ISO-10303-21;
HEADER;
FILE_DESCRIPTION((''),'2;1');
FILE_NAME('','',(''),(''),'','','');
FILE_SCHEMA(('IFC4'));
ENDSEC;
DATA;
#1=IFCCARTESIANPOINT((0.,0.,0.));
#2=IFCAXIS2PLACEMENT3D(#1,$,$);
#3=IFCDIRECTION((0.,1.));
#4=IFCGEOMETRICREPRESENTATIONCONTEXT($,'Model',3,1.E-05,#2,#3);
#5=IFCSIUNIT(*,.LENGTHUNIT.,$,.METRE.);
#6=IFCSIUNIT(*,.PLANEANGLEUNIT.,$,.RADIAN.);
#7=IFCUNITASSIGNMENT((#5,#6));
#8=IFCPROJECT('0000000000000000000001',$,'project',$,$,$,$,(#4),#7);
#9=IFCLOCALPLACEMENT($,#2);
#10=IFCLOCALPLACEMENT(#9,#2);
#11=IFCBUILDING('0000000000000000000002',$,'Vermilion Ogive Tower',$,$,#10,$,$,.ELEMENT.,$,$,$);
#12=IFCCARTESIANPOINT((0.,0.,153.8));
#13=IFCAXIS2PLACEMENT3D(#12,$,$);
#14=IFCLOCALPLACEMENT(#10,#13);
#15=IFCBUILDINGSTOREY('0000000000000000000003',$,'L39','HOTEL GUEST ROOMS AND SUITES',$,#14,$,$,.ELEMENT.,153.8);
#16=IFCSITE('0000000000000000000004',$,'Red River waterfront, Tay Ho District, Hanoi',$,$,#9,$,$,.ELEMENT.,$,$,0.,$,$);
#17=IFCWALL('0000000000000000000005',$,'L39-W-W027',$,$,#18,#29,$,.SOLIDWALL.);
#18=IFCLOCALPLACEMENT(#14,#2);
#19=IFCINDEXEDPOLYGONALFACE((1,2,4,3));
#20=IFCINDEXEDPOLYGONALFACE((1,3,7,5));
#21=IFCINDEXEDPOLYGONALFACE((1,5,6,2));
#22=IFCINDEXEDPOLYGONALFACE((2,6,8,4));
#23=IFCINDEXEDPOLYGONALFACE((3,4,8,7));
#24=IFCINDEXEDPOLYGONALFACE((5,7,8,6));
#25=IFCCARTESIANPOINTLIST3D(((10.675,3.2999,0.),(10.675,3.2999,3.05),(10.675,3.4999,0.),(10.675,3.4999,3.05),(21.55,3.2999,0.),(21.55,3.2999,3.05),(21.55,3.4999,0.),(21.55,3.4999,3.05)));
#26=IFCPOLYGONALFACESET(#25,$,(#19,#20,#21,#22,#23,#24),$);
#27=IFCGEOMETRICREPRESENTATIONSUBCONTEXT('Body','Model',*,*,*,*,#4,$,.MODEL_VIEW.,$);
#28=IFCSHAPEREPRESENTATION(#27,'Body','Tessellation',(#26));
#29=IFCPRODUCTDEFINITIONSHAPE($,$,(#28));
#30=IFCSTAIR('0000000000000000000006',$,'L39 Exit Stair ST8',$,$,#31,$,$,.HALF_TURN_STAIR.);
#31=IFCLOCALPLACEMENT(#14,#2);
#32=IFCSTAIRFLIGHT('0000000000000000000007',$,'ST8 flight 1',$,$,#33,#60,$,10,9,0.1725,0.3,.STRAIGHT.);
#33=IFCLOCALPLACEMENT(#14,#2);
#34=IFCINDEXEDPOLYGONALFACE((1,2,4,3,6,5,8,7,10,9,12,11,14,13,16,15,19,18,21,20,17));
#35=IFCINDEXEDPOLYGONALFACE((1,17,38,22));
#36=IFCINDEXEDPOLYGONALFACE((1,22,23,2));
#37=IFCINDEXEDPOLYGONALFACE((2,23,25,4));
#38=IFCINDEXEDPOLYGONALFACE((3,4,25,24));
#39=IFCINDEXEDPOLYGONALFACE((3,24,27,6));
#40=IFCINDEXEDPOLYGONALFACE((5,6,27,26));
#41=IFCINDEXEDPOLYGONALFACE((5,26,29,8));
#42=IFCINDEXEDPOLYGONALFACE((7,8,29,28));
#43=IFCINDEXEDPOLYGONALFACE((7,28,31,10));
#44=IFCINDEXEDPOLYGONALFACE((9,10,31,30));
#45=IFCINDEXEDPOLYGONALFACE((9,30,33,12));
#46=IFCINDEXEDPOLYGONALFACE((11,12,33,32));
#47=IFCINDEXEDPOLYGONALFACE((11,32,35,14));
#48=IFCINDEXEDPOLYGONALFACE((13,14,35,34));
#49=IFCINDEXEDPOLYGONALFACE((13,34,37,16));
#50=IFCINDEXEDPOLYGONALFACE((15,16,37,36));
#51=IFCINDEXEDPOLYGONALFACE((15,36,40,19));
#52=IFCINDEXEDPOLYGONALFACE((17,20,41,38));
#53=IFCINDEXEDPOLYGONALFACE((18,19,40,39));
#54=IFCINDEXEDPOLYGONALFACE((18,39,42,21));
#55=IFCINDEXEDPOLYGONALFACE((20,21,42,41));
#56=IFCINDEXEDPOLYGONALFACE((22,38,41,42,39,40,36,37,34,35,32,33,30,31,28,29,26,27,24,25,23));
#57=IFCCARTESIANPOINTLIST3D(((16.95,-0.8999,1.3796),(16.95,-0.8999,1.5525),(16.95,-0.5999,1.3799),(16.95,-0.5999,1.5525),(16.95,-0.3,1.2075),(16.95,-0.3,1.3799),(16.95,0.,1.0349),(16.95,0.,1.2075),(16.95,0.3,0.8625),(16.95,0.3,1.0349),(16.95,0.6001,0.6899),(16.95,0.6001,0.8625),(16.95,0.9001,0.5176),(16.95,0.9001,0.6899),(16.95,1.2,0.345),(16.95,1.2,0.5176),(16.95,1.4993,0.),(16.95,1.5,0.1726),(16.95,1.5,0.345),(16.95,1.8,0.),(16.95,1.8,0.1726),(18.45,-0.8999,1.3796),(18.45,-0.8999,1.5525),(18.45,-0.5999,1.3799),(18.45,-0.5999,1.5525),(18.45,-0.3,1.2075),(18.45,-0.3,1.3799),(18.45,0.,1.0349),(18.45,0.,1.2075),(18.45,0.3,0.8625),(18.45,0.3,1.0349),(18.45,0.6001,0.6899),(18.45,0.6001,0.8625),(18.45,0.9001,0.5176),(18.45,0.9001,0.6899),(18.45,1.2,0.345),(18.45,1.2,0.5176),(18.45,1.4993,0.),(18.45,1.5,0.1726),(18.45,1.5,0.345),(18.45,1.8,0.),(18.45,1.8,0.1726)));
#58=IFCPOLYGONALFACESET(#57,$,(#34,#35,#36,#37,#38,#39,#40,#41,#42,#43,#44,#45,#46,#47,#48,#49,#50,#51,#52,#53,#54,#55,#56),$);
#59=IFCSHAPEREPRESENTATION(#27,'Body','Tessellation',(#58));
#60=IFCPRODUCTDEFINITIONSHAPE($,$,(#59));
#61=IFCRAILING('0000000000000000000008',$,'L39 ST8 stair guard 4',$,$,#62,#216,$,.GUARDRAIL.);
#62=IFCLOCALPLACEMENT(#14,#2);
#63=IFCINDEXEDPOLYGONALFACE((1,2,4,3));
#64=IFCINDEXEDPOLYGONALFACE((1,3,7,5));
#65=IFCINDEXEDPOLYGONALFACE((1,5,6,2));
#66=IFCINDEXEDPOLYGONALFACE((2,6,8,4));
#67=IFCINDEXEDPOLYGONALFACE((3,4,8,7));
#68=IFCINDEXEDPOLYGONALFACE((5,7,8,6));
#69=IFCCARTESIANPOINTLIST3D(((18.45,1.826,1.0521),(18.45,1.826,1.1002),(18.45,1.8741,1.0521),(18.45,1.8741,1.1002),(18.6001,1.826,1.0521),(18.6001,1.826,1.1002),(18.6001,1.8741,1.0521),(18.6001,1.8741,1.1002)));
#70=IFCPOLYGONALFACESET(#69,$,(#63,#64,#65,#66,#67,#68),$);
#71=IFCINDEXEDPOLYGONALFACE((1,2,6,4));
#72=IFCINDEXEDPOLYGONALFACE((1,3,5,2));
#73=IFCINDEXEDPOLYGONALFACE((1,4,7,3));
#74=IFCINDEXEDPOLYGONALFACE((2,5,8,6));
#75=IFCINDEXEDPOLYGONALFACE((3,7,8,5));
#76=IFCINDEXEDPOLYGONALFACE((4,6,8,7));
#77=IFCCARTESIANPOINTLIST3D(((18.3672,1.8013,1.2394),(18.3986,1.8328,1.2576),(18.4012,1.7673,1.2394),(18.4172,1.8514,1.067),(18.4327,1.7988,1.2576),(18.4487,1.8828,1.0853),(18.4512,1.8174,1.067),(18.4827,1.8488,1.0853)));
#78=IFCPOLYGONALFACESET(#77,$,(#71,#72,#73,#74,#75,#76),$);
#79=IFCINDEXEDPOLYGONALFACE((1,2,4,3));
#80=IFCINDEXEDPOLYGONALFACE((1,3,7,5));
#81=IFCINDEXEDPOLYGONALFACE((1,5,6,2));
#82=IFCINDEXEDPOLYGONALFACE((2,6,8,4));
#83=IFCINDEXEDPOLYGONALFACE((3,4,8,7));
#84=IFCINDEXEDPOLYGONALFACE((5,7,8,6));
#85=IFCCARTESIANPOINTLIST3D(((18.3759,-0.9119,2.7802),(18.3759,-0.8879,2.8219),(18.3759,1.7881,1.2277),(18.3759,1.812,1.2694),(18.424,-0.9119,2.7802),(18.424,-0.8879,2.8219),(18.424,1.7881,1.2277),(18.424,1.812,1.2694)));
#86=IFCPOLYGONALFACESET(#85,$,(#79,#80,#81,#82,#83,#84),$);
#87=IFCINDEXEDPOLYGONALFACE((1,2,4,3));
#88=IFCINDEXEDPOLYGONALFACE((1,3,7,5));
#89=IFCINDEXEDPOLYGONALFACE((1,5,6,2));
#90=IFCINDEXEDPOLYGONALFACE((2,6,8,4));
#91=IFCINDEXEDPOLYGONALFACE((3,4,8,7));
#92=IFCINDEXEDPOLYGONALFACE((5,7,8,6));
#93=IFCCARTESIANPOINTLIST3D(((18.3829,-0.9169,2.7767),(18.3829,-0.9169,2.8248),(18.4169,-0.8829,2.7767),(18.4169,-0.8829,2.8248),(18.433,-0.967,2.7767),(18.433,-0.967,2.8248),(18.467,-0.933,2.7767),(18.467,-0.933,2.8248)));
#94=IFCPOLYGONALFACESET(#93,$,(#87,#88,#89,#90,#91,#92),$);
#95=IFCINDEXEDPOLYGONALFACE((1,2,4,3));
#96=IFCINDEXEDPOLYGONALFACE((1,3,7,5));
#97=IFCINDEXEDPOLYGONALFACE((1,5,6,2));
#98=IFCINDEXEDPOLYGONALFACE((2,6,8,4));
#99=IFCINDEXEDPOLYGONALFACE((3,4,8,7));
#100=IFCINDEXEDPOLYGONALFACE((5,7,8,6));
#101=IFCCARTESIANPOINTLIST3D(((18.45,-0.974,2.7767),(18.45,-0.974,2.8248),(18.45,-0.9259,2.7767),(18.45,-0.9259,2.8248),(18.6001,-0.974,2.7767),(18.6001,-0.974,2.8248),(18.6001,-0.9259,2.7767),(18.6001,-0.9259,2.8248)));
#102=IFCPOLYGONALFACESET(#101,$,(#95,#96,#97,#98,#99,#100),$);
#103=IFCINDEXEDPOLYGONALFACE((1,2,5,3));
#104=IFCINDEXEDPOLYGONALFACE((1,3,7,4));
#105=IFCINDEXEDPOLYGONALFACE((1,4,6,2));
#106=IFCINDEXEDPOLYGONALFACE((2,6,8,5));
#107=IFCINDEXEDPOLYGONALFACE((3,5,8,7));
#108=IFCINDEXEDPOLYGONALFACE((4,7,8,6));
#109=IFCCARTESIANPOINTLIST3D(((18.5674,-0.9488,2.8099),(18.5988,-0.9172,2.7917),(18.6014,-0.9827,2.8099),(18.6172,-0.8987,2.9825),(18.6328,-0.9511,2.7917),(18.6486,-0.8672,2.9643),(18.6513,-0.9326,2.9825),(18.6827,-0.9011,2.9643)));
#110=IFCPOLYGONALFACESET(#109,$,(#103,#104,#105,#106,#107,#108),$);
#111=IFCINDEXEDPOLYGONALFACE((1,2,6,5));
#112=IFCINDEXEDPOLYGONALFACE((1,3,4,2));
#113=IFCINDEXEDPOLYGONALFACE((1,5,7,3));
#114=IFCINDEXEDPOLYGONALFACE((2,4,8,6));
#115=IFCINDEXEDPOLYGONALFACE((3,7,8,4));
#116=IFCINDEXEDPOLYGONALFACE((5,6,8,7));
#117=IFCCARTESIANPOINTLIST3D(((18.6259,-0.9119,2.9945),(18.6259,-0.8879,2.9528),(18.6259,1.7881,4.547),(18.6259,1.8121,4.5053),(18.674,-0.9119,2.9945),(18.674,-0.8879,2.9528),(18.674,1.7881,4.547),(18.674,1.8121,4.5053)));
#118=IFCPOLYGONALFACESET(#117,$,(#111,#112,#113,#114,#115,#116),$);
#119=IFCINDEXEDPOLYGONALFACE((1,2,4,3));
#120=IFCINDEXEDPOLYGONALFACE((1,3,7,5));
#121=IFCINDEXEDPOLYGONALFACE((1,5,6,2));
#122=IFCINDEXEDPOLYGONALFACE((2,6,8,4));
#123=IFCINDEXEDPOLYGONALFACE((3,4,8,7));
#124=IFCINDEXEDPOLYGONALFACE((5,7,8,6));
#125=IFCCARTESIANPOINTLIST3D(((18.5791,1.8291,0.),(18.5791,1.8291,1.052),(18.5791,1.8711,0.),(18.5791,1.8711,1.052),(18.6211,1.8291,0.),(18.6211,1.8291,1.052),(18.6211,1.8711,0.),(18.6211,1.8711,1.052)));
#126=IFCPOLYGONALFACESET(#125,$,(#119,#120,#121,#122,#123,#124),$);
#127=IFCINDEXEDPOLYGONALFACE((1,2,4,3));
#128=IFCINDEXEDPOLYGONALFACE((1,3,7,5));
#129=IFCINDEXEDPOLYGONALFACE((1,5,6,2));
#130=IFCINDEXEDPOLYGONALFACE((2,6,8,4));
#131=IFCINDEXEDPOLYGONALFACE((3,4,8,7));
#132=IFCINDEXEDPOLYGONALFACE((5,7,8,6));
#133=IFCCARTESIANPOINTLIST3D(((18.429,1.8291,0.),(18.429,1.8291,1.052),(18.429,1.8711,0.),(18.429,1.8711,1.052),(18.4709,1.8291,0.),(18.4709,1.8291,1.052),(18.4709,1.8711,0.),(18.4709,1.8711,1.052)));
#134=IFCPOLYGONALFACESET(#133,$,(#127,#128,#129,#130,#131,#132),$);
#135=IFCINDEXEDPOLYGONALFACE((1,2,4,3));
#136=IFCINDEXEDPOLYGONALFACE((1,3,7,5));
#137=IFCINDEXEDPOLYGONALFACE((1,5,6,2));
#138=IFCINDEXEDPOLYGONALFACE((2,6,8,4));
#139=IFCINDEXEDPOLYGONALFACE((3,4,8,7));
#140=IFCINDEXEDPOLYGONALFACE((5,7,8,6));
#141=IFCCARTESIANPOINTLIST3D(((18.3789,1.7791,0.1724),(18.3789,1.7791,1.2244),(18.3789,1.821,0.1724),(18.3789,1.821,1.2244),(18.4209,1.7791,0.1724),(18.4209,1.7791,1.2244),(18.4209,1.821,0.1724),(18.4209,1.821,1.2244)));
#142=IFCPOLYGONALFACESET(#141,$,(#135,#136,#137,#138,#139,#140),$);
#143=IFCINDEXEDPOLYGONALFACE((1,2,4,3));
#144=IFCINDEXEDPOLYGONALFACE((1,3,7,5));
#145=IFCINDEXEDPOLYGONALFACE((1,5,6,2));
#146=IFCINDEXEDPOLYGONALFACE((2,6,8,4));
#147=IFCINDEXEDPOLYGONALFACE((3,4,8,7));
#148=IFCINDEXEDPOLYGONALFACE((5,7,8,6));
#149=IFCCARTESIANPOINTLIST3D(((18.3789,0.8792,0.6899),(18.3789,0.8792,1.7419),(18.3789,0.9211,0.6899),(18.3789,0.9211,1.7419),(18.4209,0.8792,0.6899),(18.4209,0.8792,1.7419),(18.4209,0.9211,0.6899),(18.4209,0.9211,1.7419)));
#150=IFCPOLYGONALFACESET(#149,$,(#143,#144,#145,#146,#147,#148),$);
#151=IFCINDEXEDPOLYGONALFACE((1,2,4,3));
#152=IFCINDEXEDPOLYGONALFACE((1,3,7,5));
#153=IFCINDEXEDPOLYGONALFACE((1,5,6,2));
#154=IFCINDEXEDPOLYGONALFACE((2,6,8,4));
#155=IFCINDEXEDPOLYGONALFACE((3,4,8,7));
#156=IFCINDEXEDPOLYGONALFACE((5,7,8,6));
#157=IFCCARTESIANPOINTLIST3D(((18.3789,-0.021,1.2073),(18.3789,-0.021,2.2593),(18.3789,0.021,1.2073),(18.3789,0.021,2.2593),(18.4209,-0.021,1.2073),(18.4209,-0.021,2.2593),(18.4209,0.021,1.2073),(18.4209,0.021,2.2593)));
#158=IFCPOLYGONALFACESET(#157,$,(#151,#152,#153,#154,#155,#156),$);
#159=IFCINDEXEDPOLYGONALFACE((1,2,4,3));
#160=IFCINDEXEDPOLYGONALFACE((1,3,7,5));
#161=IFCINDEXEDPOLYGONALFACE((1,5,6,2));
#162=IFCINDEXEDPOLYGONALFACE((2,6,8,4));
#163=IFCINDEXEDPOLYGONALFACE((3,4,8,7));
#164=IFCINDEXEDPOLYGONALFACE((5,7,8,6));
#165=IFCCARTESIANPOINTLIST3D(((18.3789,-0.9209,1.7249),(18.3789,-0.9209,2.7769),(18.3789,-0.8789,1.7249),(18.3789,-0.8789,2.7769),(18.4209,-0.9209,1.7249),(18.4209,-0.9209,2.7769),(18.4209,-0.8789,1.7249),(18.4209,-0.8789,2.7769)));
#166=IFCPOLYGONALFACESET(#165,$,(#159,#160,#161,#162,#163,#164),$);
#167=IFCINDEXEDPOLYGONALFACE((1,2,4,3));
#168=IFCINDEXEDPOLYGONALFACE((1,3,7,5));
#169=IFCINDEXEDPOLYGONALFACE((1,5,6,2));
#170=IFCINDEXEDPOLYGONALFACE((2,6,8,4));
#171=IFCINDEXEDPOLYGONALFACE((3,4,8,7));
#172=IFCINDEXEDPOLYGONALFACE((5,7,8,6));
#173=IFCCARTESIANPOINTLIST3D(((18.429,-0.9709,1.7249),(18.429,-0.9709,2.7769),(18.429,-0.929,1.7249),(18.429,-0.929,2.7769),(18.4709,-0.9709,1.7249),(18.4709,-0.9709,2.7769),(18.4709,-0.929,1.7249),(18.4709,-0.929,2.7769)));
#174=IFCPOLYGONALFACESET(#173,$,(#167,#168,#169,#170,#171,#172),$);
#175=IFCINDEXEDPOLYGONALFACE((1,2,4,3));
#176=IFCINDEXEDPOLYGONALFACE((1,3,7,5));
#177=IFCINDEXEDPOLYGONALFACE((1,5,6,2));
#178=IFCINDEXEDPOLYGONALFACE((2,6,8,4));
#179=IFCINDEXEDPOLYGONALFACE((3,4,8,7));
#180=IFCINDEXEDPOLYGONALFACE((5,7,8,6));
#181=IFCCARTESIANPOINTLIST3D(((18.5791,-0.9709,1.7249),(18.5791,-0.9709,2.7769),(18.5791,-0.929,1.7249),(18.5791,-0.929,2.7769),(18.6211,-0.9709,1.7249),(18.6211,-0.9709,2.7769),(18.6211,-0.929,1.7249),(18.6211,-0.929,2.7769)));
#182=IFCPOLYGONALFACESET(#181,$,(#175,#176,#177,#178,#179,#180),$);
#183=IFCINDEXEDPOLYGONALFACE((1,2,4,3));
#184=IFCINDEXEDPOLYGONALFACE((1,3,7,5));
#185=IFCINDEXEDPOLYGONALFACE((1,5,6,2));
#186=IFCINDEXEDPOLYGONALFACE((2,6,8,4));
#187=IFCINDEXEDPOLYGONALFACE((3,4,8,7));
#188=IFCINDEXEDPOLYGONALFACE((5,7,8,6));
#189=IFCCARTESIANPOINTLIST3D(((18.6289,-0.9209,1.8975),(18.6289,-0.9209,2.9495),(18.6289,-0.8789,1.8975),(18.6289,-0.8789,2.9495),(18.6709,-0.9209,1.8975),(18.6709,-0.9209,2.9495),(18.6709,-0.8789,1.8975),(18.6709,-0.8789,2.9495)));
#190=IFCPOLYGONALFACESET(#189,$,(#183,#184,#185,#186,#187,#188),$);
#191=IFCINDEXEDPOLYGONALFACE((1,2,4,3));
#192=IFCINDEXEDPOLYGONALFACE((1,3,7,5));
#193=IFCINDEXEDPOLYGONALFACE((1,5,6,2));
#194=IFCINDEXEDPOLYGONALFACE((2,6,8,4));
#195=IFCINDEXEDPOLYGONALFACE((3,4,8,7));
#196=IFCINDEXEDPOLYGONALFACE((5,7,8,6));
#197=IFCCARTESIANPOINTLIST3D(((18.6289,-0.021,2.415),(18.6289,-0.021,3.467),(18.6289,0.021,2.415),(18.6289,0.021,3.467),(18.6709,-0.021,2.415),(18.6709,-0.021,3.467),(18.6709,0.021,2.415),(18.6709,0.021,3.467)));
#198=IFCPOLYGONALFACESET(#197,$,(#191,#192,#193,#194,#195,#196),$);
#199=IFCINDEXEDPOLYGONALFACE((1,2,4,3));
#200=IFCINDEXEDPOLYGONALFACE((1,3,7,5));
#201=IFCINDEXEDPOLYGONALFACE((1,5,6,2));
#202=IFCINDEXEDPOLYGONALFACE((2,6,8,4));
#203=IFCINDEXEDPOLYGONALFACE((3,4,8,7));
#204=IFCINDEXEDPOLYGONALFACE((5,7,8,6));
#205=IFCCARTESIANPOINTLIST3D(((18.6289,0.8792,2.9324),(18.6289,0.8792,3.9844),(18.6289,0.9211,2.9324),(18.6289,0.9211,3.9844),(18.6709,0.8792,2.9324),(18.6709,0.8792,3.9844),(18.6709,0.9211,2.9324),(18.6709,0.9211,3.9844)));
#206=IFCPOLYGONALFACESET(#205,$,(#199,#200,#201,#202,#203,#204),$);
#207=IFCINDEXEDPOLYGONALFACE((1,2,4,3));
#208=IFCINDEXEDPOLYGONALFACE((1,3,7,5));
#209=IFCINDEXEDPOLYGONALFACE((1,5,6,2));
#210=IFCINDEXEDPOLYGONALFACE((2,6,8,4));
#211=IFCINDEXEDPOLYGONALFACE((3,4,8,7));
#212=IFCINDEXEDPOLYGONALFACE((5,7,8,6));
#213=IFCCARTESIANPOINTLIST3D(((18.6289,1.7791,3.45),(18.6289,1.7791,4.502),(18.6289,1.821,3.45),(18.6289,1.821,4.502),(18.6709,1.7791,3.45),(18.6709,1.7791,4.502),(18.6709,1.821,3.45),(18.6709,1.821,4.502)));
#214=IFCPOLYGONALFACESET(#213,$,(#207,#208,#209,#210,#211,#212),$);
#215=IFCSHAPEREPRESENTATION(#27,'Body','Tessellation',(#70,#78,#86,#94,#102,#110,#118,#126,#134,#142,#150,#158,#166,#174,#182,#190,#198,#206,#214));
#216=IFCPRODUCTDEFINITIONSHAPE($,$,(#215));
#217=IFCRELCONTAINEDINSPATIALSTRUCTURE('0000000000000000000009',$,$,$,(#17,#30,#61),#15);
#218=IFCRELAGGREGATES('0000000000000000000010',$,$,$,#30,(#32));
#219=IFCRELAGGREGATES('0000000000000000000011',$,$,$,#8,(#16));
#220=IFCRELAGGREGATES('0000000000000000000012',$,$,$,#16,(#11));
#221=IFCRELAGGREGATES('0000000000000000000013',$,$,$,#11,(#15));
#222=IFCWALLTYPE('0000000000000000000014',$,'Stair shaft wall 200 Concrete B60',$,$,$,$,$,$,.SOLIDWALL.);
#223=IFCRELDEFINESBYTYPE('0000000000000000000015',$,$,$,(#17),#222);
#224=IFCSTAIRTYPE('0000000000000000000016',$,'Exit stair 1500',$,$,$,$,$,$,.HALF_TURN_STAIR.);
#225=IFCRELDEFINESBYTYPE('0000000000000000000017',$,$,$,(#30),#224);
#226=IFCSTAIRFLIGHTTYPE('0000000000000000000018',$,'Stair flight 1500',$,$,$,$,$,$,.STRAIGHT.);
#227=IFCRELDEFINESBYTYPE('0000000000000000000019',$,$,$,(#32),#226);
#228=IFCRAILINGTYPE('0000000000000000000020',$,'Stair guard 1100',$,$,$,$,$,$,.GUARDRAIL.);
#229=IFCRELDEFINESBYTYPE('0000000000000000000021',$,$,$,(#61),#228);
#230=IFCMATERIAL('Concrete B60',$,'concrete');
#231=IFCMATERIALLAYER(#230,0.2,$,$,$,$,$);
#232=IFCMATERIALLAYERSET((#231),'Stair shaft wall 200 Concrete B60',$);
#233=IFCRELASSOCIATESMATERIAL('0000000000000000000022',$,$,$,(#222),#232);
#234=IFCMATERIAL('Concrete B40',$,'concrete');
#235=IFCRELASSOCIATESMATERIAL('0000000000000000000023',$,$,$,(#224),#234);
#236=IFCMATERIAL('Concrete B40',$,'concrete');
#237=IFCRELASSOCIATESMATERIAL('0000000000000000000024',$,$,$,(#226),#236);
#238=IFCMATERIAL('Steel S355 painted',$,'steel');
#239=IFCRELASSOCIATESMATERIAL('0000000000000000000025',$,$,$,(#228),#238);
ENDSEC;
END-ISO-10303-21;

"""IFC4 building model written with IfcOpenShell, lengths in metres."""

from ifc_helpers import new_model, si_unit, direction, frame, frame_2d, origin, origin_2d, place, context, subcontext, project, spatial, polyline, rectangle, outline, extrude, material, layer, layer_set, type_object, element, aggregate, save


model = new_model("IFC4")

# Units and contexts
model_context = context("Model", 3, precision=1e-05, world=origin(), true_north=direction((0.0, 1.0)))
body_context = subcontext(model_context, "Body", "Model", "MODEL_VIEW")
ifc_project = project(units=[si_unit("LENGTHUNIT", "METRE"), si_unit("PLANEANGLEUNIT", "RADIAN")], contexts=[model_context])

# Site, building, storey
site_placement = place(None, origin())
site = spatial("IfcSite", under=ifc_project, at=site_placement, Name="Red River waterfront, Tay Ho District, Hanoi", CompositionType="ELEMENT", RefElevation=0.0)
building_placement = place(site_placement, origin())
building = spatial("IfcBuilding", under=site, at=building_placement, Name="Vermilion Ogive Tower", CompositionType="ELEMENT")
storey_placement = place(building_placement, frame((0.0, 0.0, 153.8)))
storey = spatial("IfcBuildingStorey", under=building, at=storey_placement, Name="L39", Description="HOTEL GUEST ROOMS AND SUITES", CompositionType="ELEMENT", Elevation=153.8)

# Wall
ifc_material_1 = material(Name="Concrete B60", Category="concrete")
ifc_layer_1 = layer(ifc_material_1, 0.2)
ifc_layer_set_1 = layer_set([ifc_layer_1], Name="Stair shaft wall 200 Concrete B60")
wall_type_1 = type_object("IfcWallType", Name="Stair shaft wall 200 Concrete B60", PredefinedType="SOLIDWALL", material=ifc_layer_set_1)
wall_1_placement = place(storey_placement, frame((10.675, 3.3999, 0.0), z_axis=(0.0, 0.0, 1.0), x_axis=(1.0, 0.0, 0.0)))
element("IfcWall", 1, at=wall_1_placement, inside=storey, type_object=wall_type_1, Name="L39-W-W027", PredefinedType="SOLIDWALL", context=body_context, shape_type="SweptSolid", body=[
    extrude(rectangle(XDim=10.875, YDim=0.2, at=frame_2d((5.4375, 0.0))), origin(), (0.0, 0.0, 1.0), 3.05),
])

# Stair, stair flight
ifc_material_2 = material(Name="Concrete B40", Category="concrete")
stair_type = type_object("IfcStairType", Name="Exit stair 1500", PredefinedType="HALF_TURN_STAIR", material=ifc_material_2)
stair_placement = place(storey_placement, origin())
stair = element("IfcStair", 2, at=stair_placement, inside=storey, type_object=stair_type, Name="L39 Exit Stair ST8", PredefinedType="HALF_TURN_STAIR")
ifc_material_3 = material(Name="Concrete B40", Category="concrete")
stair_flight_type = type_object("IfcStairFlightType", Name="Stair flight 1500", PredefinedType="STRAIGHT", material=ifc_material_3)
stair_flight_placement = place(storey_placement, frame((17.7, 1.8, 0.0), z_axis=(0.0, 0.0, 1.0), x_axis=(0.0, -1.0, 0.0)))
stair_flight = element("IfcStairFlight", 3, at=stair_flight_placement, type_object=stair_flight_type, Name="ST8 flight 1", NumberOfRisers=10, NumberOfTreads=9, PredefinedType="STRAIGHT", RiserHeight=0.1725, TreadLength=0.3, context=body_context, shape_type="SweptSolid", body=[
    extrude(outline(polyline([(0.0, 0.0), (0.0, 0.1726), (0.3, 0.1726), (0.3, 0.345), (0.6001, 0.345), (0.6001, 0.5176), (0.8999, 0.5176), (0.8999, 0.6899), (1.2, 0.6899), (1.2, 0.8625), (1.5, 0.8625), (1.5, 1.0349), (1.8, 1.0349), (1.8, 1.2075), (2.1001, 1.2075), (2.1001, 1.3799), (2.3999, 1.3799), (2.3999, 1.5525), (2.7, 1.5525), (2.7, 1.7251), (2.7, 1.3796), (0.3008, 0.0), (0.0, 0.0)])), frame((0.0, 0.75, 0.0), z_axis=(0.0, -1.0, 0.0), x_axis=(1.0, 0.0, 0.0)), (0.0, 0.0, 1.0), 1.5),
])
aggregate(stair, [stair_flight])

# Railing
ifc_material_4 = material(Name="Steel S355 painted", Category="steel")
railing_type_1 = type_object("IfcRailingType", Name="Stair guard 1100", PredefinedType="GUARDRAIL", material=ifc_material_4)
railing_1_placement = place(storey_placement, frame((18.6001, 1.8501, 0.0)))
element("IfcRailing", 4, at=railing_1_placement, inside=storey, type_object=railing_type_1, Name="L39 ST8 stair guard 4", PredefinedType="GUARDRAIL", context=body_context, shape_type="SweptSolid", body=[
    extrude(rectangle(XDim=0.0481, YDim=0.0481, at=origin_2d()), frame((0.0, 0.0, 1.0762), z_axis=(-1.0, 0.0, 0.0), x_axis=(0.0, -1.0, 0.0)), (0.0, 0.0, 1.0), 0.1501),
    extrude(rectangle(XDim=0.0481, YDim=0.0481, at=origin_2d()), frame((-0.1501, 0.0, 1.0762), z_axis=(-0.268603, -0.268603, 0.925043), x_axis=(0.707107, -0.707107, 0.0)), (0.0, 0.0, 1.0), 0.1863),
    extrude(rectangle(XDim=0.0481, YDim=0.0481, at=origin_2d()), frame((-0.2002, -0.05, 1.2485), z_axis=(0.0, -0.866904, 0.498476), x_axis=(1.0, 0.0, 0.0)), (0.0, 0.0, 1.0), 3.1145),
    extrude(rectangle(XDim=0.0481, YDim=0.0481, at=origin_2d()), frame((-0.2002, -2.75, 2.8008), z_axis=(0.707107, -0.707107, 0.0), x_axis=(0.707107, 0.707107, 0.0)), (0.0, 0.0, 1.0), 0.0708),
    extrude(rectangle(XDim=0.0481, YDim=0.0481, at=origin_2d()), frame((-0.1501, -2.8, 2.8008), z_axis=(1.0, 0.0, 0.0), x_axis=(0.0, 1.0, 0.0)), (0.0, 0.0, 1.0), 0.1501),
    extrude(rectangle(XDim=0.0481, YDim=0.0481, at=origin_2d()), frame((0.0, -2.8, 2.8008), z_axis=(0.267063, 0.268372, 0.925556), x_axis=(-0.708834, 0.705376, 0.0)), (0.0, 0.0, 1.0), 0.1865),
    extrude(rectangle(XDim=0.0481, YDim=0.0481, at=origin_2d()), frame((0.0498, -2.75, 2.9736), z_axis=(0.0, 0.866904, 0.498476), x_axis=(-1.0, 0.0, 0.0)), (0.0, 0.0, 1.0), 3.1145),
    extrude(rectangle(XDim=0.042, YDim=0.042, at=origin_2d()), origin(), (0.0, 0.0, 1.0), 1.052),
    extrude(rectangle(XDim=0.042, YDim=0.042, at=origin_2d()), frame((-0.1501, 0.0, 0.0)), (0.0, 0.0, 1.0), 1.052),
    extrude(rectangle(XDim=0.042, YDim=0.042, at=origin_2d()), frame((-0.2002, -0.05, 0.1724)), (0.0, 0.0, 1.0), 1.052),
    extrude(rectangle(XDim=0.042, YDim=0.042, at=origin_2d()), frame((-0.2002, -0.95, 0.6899)), (0.0, 0.0, 1.0), 1.052),
    extrude(rectangle(XDim=0.042, YDim=0.042, at=origin_2d()), frame((-0.2002, -1.8501, 1.2073)), (0.0, 0.0, 1.0), 1.052),
    extrude(rectangle(XDim=0.042, YDim=0.042, at=origin_2d()), frame((-0.2002, -2.75, 1.7249)), (0.0, 0.0, 1.0), 1.052),
    extrude(rectangle(XDim=0.042, YDim=0.042, at=origin_2d()), frame((-0.1501, -2.8, 1.7249)), (0.0, 0.0, 1.0), 1.052),
    extrude(rectangle(XDim=0.042, YDim=0.042, at=origin_2d()), frame((0.0, -2.8, 1.7249)), (0.0, 0.0, 1.0), 1.052),
    extrude(rectangle(XDim=0.042, YDim=0.042, at=origin_2d()), frame((0.0498, -2.75, 1.8975)), (0.0, 0.0, 1.0), 1.052),
    extrude(rectangle(XDim=0.042, YDim=0.042, at=origin_2d()), frame((0.0498, -1.8501, 2.415)), (0.0, 0.0, 1.0), 1.052),
    extrude(rectangle(XDim=0.042, YDim=0.042, at=origin_2d()), frame((0.0498, -0.95, 2.9324)), (0.0, 0.0, 1.0), 1.052),
    extrude(rectangle(XDim=0.042, YDim=0.042, at=origin_2d()), frame((0.0498, -0.05, 3.45)), (0.0, 0.0, 1.0), 1.052),
])

save(model, "model.ifc")
